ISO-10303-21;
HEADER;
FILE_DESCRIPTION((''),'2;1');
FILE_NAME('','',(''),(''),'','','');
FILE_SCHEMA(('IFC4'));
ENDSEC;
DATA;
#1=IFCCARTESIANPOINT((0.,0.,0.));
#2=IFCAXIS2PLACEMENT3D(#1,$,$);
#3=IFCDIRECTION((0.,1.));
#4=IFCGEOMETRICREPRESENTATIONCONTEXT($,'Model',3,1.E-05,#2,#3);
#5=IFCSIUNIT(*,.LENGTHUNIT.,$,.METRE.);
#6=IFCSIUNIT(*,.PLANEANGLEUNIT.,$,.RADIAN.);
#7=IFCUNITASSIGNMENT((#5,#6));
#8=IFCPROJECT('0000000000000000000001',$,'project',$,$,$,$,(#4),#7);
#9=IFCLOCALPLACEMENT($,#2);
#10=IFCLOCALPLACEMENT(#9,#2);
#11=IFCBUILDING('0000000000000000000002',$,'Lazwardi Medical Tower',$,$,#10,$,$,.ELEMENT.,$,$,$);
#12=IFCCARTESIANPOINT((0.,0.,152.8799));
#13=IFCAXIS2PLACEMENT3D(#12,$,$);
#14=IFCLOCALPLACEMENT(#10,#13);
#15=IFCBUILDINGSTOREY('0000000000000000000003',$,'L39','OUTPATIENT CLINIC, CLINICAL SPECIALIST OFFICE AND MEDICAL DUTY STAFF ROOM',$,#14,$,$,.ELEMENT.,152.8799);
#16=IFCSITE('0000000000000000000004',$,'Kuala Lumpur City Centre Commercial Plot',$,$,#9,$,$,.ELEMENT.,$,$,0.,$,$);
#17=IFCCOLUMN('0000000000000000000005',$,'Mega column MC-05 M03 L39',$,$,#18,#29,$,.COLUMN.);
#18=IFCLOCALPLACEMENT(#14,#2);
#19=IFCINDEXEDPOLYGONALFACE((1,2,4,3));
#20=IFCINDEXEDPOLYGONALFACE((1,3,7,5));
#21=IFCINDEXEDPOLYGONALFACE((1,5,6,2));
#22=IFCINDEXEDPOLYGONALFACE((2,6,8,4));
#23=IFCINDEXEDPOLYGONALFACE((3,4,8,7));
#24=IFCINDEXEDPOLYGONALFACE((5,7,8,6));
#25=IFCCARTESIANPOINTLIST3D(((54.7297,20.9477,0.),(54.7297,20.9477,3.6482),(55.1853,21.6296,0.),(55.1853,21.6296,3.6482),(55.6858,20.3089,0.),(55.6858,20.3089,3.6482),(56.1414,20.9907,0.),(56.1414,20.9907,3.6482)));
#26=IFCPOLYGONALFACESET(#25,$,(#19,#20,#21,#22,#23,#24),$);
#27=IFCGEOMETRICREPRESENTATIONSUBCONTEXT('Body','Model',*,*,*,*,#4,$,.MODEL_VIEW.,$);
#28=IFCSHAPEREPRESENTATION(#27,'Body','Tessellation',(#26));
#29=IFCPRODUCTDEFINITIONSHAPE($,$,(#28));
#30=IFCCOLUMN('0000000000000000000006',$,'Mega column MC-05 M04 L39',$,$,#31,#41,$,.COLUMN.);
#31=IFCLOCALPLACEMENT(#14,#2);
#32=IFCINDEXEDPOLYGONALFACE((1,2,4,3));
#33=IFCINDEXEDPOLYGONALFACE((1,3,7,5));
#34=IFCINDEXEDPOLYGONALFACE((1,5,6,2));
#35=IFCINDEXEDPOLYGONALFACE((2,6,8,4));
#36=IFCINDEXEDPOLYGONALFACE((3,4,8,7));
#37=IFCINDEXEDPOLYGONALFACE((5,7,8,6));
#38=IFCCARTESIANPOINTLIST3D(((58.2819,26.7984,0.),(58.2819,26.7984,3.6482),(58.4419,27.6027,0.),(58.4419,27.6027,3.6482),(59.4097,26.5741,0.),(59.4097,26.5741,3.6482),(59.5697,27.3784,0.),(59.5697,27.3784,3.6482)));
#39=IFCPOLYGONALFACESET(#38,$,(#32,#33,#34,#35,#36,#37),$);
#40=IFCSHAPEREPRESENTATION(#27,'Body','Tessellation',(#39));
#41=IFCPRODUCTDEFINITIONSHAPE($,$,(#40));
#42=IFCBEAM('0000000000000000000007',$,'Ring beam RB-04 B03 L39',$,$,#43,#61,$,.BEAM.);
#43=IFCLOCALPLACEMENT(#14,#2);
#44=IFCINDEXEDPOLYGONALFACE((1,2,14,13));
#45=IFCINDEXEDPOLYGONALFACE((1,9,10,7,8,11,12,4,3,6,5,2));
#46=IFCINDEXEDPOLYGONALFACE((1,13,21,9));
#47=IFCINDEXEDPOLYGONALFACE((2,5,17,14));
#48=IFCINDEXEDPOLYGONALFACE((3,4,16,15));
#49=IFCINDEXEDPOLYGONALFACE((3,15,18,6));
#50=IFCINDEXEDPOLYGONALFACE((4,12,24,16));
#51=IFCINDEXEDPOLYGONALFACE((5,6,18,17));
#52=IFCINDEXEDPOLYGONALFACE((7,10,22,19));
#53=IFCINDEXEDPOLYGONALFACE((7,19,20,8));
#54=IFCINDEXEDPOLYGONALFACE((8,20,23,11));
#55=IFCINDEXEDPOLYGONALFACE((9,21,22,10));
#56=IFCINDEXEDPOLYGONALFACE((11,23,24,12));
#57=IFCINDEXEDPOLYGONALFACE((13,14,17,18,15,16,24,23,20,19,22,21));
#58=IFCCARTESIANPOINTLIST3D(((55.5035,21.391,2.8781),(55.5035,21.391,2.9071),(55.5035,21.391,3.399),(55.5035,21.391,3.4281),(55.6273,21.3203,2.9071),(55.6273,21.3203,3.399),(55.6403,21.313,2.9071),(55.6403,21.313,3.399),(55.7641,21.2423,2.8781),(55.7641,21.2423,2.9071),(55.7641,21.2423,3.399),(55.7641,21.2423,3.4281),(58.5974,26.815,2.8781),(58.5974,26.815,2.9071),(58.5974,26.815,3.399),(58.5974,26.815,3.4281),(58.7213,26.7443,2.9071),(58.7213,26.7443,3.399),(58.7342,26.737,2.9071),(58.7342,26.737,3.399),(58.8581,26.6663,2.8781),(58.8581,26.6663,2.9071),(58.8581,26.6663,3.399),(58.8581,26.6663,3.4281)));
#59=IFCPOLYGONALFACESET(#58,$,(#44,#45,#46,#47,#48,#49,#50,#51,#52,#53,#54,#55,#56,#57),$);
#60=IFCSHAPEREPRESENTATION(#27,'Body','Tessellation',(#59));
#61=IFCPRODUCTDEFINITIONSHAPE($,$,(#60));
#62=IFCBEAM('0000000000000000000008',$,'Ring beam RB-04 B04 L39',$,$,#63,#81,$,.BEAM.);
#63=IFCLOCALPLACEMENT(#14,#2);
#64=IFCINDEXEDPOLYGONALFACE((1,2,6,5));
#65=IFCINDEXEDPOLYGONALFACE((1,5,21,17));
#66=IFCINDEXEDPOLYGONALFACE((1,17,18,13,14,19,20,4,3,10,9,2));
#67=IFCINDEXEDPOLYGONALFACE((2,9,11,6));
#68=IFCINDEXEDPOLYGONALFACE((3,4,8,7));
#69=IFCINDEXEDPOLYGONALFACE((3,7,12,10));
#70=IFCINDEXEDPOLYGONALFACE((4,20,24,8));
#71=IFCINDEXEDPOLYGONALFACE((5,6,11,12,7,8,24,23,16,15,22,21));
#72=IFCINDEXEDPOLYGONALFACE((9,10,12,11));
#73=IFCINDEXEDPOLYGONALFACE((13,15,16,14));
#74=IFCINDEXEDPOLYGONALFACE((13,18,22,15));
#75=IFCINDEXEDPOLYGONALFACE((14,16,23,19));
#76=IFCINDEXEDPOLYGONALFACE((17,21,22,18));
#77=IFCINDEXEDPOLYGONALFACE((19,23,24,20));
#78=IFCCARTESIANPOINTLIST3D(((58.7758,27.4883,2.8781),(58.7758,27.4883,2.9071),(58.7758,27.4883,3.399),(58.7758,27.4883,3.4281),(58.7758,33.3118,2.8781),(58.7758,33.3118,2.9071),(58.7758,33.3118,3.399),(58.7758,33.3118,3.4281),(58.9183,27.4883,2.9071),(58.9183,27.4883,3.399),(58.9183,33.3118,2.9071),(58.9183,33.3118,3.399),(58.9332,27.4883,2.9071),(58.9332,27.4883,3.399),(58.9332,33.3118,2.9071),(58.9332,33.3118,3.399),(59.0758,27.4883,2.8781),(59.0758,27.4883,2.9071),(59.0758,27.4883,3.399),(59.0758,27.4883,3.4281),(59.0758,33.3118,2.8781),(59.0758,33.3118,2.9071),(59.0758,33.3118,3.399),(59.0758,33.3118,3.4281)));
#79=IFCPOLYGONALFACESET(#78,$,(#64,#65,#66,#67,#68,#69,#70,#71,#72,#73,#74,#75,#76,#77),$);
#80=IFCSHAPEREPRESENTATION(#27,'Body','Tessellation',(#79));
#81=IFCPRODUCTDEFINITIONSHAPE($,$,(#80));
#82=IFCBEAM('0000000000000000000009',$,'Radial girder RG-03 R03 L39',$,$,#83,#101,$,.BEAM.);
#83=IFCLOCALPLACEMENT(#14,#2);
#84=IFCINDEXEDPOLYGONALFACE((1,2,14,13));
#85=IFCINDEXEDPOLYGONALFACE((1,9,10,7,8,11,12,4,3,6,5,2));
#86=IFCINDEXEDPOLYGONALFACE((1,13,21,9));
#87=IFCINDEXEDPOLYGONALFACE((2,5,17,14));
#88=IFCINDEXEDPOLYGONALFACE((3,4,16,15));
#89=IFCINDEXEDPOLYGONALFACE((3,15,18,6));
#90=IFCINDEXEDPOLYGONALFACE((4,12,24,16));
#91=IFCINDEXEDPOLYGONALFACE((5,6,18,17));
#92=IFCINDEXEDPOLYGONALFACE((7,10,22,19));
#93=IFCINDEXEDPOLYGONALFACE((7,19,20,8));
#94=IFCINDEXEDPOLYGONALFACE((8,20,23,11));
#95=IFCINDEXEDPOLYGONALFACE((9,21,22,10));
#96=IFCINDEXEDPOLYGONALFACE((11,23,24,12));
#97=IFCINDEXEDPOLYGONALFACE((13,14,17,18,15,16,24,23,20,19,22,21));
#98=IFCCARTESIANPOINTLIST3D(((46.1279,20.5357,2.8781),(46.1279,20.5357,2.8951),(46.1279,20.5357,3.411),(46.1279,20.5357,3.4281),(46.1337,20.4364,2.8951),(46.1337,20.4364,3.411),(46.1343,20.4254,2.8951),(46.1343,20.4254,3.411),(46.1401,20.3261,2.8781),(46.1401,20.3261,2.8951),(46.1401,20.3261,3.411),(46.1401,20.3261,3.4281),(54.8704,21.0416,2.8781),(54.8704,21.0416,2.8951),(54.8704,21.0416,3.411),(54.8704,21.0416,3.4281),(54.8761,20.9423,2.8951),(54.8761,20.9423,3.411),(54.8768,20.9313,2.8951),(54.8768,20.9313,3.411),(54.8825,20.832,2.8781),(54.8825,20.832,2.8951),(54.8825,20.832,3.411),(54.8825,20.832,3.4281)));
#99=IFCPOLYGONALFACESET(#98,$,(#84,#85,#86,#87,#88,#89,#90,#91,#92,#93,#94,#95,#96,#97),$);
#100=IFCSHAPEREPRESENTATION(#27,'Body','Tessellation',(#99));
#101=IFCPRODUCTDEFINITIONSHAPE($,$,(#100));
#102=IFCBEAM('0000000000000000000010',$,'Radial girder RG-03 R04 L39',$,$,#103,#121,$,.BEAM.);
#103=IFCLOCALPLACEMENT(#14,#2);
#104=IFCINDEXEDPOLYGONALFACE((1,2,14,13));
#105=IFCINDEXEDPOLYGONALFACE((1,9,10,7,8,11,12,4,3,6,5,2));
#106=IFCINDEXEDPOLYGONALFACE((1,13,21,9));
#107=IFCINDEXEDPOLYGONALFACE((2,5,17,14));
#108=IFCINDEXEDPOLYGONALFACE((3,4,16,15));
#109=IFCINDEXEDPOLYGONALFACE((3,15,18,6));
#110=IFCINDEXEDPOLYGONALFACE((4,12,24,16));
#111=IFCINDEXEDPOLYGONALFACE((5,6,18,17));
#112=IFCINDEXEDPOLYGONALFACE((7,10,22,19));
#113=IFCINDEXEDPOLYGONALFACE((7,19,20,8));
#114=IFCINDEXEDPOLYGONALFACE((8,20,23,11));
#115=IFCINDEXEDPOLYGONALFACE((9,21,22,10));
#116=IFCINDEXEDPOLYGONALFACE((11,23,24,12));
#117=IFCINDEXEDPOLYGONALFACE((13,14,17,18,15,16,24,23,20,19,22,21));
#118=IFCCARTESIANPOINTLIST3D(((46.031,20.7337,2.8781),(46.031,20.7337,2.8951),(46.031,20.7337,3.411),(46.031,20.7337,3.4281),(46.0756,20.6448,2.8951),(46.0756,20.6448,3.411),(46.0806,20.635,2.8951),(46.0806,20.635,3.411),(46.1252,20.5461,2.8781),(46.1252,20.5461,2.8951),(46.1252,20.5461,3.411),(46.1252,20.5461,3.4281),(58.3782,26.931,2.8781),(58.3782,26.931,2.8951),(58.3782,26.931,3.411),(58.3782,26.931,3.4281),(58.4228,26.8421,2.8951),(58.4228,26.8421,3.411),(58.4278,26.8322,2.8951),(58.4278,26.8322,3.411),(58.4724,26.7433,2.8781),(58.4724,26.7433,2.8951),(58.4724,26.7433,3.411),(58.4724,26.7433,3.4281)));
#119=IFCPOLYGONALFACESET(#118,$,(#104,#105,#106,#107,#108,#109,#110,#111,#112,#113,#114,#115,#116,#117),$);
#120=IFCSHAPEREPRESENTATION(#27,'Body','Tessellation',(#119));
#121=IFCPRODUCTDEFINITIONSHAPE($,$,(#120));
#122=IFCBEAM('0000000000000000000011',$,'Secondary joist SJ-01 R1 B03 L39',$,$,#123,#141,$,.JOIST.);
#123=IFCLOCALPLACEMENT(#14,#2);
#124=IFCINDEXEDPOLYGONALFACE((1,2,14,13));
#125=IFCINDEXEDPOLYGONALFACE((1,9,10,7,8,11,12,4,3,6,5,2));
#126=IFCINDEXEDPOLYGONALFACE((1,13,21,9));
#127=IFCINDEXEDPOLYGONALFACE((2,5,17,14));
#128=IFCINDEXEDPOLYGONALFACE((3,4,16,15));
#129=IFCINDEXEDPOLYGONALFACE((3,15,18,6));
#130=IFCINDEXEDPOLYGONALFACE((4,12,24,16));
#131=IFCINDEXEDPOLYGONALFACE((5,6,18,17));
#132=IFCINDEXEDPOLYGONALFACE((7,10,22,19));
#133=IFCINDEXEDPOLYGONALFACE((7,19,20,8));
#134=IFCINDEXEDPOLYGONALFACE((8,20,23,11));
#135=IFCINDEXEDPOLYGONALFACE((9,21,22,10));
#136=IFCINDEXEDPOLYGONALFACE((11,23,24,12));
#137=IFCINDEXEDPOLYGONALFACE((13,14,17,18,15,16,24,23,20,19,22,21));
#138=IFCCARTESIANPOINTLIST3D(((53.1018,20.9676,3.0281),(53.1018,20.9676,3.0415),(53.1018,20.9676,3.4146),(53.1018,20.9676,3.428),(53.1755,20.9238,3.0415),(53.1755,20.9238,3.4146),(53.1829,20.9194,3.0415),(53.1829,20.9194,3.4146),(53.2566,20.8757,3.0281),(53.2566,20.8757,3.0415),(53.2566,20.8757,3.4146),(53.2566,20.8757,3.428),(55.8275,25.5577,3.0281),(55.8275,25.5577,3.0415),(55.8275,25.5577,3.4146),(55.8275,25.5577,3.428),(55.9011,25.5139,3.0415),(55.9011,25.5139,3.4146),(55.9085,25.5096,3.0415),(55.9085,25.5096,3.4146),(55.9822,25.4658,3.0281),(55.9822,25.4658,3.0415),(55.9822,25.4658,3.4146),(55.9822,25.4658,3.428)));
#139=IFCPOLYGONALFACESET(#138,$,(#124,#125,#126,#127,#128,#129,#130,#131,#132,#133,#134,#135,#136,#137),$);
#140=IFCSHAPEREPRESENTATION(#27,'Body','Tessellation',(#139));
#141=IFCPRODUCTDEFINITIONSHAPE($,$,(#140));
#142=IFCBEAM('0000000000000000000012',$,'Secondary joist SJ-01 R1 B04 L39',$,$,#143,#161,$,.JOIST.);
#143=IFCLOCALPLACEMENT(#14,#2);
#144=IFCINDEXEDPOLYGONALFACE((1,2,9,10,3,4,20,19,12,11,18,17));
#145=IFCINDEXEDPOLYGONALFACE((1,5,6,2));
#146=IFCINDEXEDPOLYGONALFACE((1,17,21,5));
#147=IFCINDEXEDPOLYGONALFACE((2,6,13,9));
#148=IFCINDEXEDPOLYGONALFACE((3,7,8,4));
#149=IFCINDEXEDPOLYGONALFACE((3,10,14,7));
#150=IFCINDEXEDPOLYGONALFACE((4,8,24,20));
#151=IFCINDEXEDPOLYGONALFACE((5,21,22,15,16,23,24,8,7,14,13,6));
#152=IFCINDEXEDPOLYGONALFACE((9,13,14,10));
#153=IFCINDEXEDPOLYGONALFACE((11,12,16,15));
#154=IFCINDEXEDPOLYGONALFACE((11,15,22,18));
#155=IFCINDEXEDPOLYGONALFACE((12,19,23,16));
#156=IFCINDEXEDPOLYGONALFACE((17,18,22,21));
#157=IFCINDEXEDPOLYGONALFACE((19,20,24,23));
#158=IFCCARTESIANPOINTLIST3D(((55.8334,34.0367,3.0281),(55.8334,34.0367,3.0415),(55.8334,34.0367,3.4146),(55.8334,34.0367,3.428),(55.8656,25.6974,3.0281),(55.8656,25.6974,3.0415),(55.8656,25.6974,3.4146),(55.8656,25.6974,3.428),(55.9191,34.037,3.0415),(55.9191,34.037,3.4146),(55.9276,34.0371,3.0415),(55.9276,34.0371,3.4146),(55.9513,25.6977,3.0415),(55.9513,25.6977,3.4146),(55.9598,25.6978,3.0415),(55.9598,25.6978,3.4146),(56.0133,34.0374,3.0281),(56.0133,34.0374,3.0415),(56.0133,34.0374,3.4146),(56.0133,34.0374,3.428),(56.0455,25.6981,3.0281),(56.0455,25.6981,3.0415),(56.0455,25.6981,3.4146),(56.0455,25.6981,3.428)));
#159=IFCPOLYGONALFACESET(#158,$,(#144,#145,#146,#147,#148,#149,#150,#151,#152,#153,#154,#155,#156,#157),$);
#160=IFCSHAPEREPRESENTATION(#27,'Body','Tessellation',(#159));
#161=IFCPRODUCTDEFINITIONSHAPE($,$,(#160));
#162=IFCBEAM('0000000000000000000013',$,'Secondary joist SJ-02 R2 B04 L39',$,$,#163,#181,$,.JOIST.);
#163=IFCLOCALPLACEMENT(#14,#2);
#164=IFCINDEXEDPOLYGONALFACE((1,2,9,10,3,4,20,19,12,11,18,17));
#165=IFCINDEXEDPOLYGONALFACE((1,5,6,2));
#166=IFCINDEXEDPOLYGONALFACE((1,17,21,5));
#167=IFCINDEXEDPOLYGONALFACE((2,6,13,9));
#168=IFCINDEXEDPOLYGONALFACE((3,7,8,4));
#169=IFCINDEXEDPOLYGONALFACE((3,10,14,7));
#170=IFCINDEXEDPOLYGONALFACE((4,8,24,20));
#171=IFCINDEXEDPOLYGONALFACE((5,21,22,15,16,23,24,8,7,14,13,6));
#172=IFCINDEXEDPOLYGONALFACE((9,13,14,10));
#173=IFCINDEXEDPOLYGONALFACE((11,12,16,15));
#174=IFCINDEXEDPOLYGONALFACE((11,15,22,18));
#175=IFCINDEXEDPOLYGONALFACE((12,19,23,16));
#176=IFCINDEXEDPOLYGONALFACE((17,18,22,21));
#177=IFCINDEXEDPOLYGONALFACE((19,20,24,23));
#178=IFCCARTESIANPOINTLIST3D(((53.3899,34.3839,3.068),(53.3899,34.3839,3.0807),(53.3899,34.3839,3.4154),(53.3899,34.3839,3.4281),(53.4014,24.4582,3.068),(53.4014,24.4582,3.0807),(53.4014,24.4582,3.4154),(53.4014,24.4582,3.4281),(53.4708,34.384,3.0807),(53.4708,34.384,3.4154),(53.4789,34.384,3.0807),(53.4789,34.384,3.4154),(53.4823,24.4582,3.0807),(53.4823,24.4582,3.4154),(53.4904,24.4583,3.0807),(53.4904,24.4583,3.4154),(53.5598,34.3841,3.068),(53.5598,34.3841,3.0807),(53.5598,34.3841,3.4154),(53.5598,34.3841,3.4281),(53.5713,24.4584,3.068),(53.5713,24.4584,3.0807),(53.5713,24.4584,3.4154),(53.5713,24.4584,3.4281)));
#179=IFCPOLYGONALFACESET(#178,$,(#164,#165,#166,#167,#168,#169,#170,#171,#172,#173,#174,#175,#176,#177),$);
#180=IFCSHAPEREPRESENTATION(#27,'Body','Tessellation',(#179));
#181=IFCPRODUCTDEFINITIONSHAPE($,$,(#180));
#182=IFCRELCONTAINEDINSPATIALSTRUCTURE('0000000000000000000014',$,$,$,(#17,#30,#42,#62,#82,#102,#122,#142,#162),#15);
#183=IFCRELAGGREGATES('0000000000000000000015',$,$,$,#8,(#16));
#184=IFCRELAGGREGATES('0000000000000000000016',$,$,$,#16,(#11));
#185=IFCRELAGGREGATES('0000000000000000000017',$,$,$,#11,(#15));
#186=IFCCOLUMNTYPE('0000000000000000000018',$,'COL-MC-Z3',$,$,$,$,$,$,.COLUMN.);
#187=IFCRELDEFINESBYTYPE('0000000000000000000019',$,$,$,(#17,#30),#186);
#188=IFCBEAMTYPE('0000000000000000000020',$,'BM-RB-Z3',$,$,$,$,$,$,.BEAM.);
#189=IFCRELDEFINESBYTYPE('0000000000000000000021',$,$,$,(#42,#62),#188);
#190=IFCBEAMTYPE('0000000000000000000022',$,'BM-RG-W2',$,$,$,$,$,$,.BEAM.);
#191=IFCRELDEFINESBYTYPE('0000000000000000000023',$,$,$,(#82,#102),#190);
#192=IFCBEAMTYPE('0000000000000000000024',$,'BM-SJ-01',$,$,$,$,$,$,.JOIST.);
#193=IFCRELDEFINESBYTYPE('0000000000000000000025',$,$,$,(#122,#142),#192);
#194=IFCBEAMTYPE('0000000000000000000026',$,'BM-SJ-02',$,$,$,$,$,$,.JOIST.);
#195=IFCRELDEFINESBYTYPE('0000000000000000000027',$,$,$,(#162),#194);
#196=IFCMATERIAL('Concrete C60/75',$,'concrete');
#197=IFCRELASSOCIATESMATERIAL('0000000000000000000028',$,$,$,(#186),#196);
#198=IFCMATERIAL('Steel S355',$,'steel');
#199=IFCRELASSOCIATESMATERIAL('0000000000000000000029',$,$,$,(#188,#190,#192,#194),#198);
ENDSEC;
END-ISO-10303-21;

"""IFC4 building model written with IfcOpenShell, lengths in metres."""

from ifc_helpers import new_model, si_unit, direction, frame, origin, origin_2d, place, context, subcontext, project, spatial, rectangle, i_section, extrude, material, material_profile, profile_set, type_object, element, save


model = new_model("IFC4")

# Units and contexts
model_context = context("Model", 3, precision=1e-05, world=origin(), true_north=direction((0.0, 1.0)))
body_context = subcontext(model_context, "Body", "Model", "MODEL_VIEW")
ifc_project = project(units=[si_unit("LENGTHUNIT", "METRE"), si_unit("PLANEANGLEUNIT", "RADIAN")], contexts=[model_context])

# Site, building, storey
site_placement = place(None, origin())
site = spatial("IfcSite", under=ifc_project, at=site_placement, Name="Kuala Lumpur City Centre Commercial Plot", CompositionType="ELEMENT", RefElevation=0.0)
building_placement = place(site_placement, origin())
building = spatial("IfcBuilding", under=site, at=building_placement, Name="Lazwardi Medical Tower", CompositionType="ELEMENT")
storey_placement = place(building_placement, frame((0.0, 0.0, 152.8799)))
storey = spatial("IfcBuildingStorey", under=building, at=storey_placement, Name="L39", Description="OUTPATIENT CLINIC, CLINICAL SPECIALIST OFFICE AND MEDICAL DUTY STAFF ROOM", CompositionType="ELEMENT", Elevation=152.8799)

# Columns
ifc_material_1 = material(Name="Concrete C60/75", Category="concrete")
ifc_material_profile_1 = material_profile(ifc_material_1, rectangle(XDim=1.1499, YDim=0.8201, at=origin_2d()), Name="CFT-RECT 1150x820")
ifc_profile_set_1 = profile_set([ifc_material_profile_1], Name="Concrete C60/75")
column_type = type_object("IfcColumnType", Name="COL-MC-Z3", PredefinedType="COLUMN", material=ifc_profile_set_1)
for number, where, z_axis, x_axis, name in (
    (1, (55.4355, 20.9692, 0.0), (0.0, 0.0, 1.0), (0.83147, -0.55557, 0.0), "Mega column MC-05 M03 L39"),
    (2, (58.9258, 27.0884, 0.0), (0.0, 0.0, 1.0), (0.980785, -0.19509, 0.0), "Mega column MC-05 M04 L39"),
):
    element("IfcColumn", number, at=place(storey_placement, frame(where, z_axis=z_axis, x_axis=x_axis)), inside=storey, type_object=column_type, Name=name, PredefinedType="COLUMN", context=body_context, shape_type="SweptSolid", body=[
        extrude(rectangle(XDim=1.1499, YDim=0.8201, at=origin_2d()), origin(), (0.0, 0.0, 1.0), 3.6482),
    ])

# Beams
ifc_material_2 = material(Name="Steel S355", Category="steel")
ifc_material_profile_2 = material_profile(ifc_material_2, i_section(OverallWidth=0.3, OverallDepth=0.55, WebThickness=0.0149, FlangeThickness=0.0291, at=origin_2d()), Name="HEB 550")
ifc_profile_set_2 = profile_set([ifc_material_profile_2], Name="Steel S355")
beam_type_1 = type_object("IfcBeamType", Name="BM-RB-Z3", PredefinedType="BEAM", material=ifc_profile_set_2)
beam_1_placement = place(storey_placement, frame((55.6338, 21.3167, 3.1531), z_axis=(0.495478, 0.868621, 0.0), x_axis=(-0.868621, 0.495478, 0.0)))
element("IfcBeam", 3, at=beam_1_placement, inside=storey, type_object=beam_type_1, Name="Ring beam RB-04 B03 L39", PredefinedType="BEAM", context=body_context, shape_type="SweptSolid", body=[
    extrude(i_section(OverallWidth=0.3, OverallDepth=0.55, WebThickness=0.0149, FlangeThickness=0.0291, at=origin_2d()), origin(), (0.0, 0.0, 1.0), 6.2444),
])
beam_2_placement = place(storey_placement, frame((58.9258, 27.4883, 3.1531), z_axis=(0.0, 1.0, 0.0), x_axis=(-1.0, 0.0, 0.0)))
element("IfcBeam", 4, at=beam_2_placement, inside=storey, type_object=beam_type_1, Name="Ring beam RB-04 B04 L39", PredefinedType="BEAM", context=body_context, shape_type="SweptSolid", body=[
    extrude(i_section(OverallWidth=0.3, OverallDepth=0.55, WebThickness=0.0149, FlangeThickness=0.0291, at=origin_2d()), origin(), (0.0, 0.0, 1.0), 5.8235),
])
ifc_material_profile_3 = material_profile(ifc_material_2, i_section(OverallWidth=0.21, OverallDepth=0.55, WebThickness=0.011, FlangeThickness=0.0171, at=origin_2d()), Name="IPE 550")
ifc_profile_set_3 = profile_set([ifc_material_profile_3], Name="Steel S355")
beam_type_2 = type_object("IfcBeamType", Name="BM-RG-W2", PredefinedType="BEAM", material=ifc_profile_set_3)
beam_3_placement = place(storey_placement, frame((54.8765, 20.9368, 3.1531), z_axis=(-0.99833, -0.057766, 0.0), x_axis=(0.057766, -0.99833, 0.0)))
element("IfcBeam", 5, at=beam_3_placement, inside=storey, type_object=beam_type_2, Name="Radial girder RG-03 R03 L39", PredefinedType="BEAM", context=body_context, shape_type="SweptSolid", body=[
    extrude(i_section(OverallWidth=0.21, OverallDepth=0.55, WebThickness=0.011, FlangeThickness=0.0171, at=origin_2d()), origin(), (0.0, 0.0, 1.0), 8.7571),
])
beam_4_placement = place(storey_placement, frame((58.4253, 26.8372, 3.1531), z_axis=(-0.89374, -0.448584, 0.0), x_axis=(0.448584, -0.89374, 0.0)))
element("IfcBeam", 6, at=beam_4_placement, inside=storey, type_object=beam_type_2, Name="Radial girder RG-03 R04 L39", PredefinedType="BEAM", context=body_context, shape_type="SweptSolid", body=[
    extrude(i_section(OverallWidth=0.21, OverallDepth=0.55, WebThickness=0.011, FlangeThickness=0.0171, at=origin_2d()), origin(), (0.0, 0.0, 1.0), 13.8152),
])
ifc_material_profile_4 = material_profile(ifc_material_2, i_section(OverallWidth=0.1799, OverallDepth=0.3999, WebThickness=0.0085, FlangeThickness=0.0134, at=origin_2d()), Name="IPE 400")
ifc_profile_set_4 = profile_set([ifc_material_profile_4], Name="Steel S355")
beam_type_3 = type_object("IfcBeamType", Name="BM-SJ-01", PredefinedType="JOIST", material=ifc_profile_set_4)
beam_5_placement = place(storey_placement, frame((53.1792, 20.9216, 3.228), z_axis=(0.510569, 0.859837, 0.0), x_axis=(-0.859837, 0.510569, 0.0)))
element("IfcBeam", 7, at=beam_5_placement, inside=storey, type_object=beam_type_3, Name="Secondary joist SJ-01 R1 B03 L39", PredefinedType="JOIST", context=body_context, shape_type="SweptSolid", body=[
    extrude(i_section(OverallWidth=0.1799, OverallDepth=0.3999, WebThickness=0.0085, FlangeThickness=0.0134, at=origin_2d()), origin(), (0.0, 0.0, 1.0), 5.3384),
])
beam_6_placement = place(storey_placement, frame((55.9556, 25.6978, 3.228), z_axis=(-0.003864, 0.999993, 0.0), x_axis=(-0.999993, -0.003864, 0.0)))
element("IfcBeam", 8, at=beam_6_placement, inside=storey, type_object=beam_type_3, Name="Secondary joist SJ-01 R1 B04 L39", PredefinedType="JOIST", context=body_context, shape_type="SweptSolid", body=[
    extrude(i_section(OverallWidth=0.1799, OverallDepth=0.3999, WebThickness=0.0085, FlangeThickness=0.0134, at=origin_2d()), origin(), (0.0, 0.0, 1.0), 8.3394),
])
ifc_material_profile_5 = material_profile(ifc_material_2, i_section(OverallWidth=0.1699, OverallDepth=0.3601, WebThickness=0.0081, FlangeThickness=0.0127, at=origin_2d()), Name="IPE 360")
ifc_profile_set_5 = profile_set([ifc_material_profile_5], Name="Steel S355")
beam_type_4 = type_object("IfcBeamType", Name="BM-SJ-02", PredefinedType="JOIST", material=ifc_profile_set_5)
beam_7_placement = place(storey_placement, frame((53.4863, 24.4583, 3.248), z_axis=(-0.001156, 0.999999, 0.0), x_axis=(-0.999999, -0.001156, 0.0)))
element("IfcBeam", 9, at=beam_7_placement, inside=storey, type_object=beam_type_4, Name="Secondary joist SJ-02 R2 B04 L39", PredefinedType="JOIST", context=body_context, shape_type="SweptSolid", body=[
    extrude(i_section(OverallWidth=0.1699, OverallDepth=0.3601, WebThickness=0.0081, FlangeThickness=0.0127, at=origin_2d()), origin(), (0.0, 0.0, 1.0), 9.9258),
])

save(model, "model.ifc")
